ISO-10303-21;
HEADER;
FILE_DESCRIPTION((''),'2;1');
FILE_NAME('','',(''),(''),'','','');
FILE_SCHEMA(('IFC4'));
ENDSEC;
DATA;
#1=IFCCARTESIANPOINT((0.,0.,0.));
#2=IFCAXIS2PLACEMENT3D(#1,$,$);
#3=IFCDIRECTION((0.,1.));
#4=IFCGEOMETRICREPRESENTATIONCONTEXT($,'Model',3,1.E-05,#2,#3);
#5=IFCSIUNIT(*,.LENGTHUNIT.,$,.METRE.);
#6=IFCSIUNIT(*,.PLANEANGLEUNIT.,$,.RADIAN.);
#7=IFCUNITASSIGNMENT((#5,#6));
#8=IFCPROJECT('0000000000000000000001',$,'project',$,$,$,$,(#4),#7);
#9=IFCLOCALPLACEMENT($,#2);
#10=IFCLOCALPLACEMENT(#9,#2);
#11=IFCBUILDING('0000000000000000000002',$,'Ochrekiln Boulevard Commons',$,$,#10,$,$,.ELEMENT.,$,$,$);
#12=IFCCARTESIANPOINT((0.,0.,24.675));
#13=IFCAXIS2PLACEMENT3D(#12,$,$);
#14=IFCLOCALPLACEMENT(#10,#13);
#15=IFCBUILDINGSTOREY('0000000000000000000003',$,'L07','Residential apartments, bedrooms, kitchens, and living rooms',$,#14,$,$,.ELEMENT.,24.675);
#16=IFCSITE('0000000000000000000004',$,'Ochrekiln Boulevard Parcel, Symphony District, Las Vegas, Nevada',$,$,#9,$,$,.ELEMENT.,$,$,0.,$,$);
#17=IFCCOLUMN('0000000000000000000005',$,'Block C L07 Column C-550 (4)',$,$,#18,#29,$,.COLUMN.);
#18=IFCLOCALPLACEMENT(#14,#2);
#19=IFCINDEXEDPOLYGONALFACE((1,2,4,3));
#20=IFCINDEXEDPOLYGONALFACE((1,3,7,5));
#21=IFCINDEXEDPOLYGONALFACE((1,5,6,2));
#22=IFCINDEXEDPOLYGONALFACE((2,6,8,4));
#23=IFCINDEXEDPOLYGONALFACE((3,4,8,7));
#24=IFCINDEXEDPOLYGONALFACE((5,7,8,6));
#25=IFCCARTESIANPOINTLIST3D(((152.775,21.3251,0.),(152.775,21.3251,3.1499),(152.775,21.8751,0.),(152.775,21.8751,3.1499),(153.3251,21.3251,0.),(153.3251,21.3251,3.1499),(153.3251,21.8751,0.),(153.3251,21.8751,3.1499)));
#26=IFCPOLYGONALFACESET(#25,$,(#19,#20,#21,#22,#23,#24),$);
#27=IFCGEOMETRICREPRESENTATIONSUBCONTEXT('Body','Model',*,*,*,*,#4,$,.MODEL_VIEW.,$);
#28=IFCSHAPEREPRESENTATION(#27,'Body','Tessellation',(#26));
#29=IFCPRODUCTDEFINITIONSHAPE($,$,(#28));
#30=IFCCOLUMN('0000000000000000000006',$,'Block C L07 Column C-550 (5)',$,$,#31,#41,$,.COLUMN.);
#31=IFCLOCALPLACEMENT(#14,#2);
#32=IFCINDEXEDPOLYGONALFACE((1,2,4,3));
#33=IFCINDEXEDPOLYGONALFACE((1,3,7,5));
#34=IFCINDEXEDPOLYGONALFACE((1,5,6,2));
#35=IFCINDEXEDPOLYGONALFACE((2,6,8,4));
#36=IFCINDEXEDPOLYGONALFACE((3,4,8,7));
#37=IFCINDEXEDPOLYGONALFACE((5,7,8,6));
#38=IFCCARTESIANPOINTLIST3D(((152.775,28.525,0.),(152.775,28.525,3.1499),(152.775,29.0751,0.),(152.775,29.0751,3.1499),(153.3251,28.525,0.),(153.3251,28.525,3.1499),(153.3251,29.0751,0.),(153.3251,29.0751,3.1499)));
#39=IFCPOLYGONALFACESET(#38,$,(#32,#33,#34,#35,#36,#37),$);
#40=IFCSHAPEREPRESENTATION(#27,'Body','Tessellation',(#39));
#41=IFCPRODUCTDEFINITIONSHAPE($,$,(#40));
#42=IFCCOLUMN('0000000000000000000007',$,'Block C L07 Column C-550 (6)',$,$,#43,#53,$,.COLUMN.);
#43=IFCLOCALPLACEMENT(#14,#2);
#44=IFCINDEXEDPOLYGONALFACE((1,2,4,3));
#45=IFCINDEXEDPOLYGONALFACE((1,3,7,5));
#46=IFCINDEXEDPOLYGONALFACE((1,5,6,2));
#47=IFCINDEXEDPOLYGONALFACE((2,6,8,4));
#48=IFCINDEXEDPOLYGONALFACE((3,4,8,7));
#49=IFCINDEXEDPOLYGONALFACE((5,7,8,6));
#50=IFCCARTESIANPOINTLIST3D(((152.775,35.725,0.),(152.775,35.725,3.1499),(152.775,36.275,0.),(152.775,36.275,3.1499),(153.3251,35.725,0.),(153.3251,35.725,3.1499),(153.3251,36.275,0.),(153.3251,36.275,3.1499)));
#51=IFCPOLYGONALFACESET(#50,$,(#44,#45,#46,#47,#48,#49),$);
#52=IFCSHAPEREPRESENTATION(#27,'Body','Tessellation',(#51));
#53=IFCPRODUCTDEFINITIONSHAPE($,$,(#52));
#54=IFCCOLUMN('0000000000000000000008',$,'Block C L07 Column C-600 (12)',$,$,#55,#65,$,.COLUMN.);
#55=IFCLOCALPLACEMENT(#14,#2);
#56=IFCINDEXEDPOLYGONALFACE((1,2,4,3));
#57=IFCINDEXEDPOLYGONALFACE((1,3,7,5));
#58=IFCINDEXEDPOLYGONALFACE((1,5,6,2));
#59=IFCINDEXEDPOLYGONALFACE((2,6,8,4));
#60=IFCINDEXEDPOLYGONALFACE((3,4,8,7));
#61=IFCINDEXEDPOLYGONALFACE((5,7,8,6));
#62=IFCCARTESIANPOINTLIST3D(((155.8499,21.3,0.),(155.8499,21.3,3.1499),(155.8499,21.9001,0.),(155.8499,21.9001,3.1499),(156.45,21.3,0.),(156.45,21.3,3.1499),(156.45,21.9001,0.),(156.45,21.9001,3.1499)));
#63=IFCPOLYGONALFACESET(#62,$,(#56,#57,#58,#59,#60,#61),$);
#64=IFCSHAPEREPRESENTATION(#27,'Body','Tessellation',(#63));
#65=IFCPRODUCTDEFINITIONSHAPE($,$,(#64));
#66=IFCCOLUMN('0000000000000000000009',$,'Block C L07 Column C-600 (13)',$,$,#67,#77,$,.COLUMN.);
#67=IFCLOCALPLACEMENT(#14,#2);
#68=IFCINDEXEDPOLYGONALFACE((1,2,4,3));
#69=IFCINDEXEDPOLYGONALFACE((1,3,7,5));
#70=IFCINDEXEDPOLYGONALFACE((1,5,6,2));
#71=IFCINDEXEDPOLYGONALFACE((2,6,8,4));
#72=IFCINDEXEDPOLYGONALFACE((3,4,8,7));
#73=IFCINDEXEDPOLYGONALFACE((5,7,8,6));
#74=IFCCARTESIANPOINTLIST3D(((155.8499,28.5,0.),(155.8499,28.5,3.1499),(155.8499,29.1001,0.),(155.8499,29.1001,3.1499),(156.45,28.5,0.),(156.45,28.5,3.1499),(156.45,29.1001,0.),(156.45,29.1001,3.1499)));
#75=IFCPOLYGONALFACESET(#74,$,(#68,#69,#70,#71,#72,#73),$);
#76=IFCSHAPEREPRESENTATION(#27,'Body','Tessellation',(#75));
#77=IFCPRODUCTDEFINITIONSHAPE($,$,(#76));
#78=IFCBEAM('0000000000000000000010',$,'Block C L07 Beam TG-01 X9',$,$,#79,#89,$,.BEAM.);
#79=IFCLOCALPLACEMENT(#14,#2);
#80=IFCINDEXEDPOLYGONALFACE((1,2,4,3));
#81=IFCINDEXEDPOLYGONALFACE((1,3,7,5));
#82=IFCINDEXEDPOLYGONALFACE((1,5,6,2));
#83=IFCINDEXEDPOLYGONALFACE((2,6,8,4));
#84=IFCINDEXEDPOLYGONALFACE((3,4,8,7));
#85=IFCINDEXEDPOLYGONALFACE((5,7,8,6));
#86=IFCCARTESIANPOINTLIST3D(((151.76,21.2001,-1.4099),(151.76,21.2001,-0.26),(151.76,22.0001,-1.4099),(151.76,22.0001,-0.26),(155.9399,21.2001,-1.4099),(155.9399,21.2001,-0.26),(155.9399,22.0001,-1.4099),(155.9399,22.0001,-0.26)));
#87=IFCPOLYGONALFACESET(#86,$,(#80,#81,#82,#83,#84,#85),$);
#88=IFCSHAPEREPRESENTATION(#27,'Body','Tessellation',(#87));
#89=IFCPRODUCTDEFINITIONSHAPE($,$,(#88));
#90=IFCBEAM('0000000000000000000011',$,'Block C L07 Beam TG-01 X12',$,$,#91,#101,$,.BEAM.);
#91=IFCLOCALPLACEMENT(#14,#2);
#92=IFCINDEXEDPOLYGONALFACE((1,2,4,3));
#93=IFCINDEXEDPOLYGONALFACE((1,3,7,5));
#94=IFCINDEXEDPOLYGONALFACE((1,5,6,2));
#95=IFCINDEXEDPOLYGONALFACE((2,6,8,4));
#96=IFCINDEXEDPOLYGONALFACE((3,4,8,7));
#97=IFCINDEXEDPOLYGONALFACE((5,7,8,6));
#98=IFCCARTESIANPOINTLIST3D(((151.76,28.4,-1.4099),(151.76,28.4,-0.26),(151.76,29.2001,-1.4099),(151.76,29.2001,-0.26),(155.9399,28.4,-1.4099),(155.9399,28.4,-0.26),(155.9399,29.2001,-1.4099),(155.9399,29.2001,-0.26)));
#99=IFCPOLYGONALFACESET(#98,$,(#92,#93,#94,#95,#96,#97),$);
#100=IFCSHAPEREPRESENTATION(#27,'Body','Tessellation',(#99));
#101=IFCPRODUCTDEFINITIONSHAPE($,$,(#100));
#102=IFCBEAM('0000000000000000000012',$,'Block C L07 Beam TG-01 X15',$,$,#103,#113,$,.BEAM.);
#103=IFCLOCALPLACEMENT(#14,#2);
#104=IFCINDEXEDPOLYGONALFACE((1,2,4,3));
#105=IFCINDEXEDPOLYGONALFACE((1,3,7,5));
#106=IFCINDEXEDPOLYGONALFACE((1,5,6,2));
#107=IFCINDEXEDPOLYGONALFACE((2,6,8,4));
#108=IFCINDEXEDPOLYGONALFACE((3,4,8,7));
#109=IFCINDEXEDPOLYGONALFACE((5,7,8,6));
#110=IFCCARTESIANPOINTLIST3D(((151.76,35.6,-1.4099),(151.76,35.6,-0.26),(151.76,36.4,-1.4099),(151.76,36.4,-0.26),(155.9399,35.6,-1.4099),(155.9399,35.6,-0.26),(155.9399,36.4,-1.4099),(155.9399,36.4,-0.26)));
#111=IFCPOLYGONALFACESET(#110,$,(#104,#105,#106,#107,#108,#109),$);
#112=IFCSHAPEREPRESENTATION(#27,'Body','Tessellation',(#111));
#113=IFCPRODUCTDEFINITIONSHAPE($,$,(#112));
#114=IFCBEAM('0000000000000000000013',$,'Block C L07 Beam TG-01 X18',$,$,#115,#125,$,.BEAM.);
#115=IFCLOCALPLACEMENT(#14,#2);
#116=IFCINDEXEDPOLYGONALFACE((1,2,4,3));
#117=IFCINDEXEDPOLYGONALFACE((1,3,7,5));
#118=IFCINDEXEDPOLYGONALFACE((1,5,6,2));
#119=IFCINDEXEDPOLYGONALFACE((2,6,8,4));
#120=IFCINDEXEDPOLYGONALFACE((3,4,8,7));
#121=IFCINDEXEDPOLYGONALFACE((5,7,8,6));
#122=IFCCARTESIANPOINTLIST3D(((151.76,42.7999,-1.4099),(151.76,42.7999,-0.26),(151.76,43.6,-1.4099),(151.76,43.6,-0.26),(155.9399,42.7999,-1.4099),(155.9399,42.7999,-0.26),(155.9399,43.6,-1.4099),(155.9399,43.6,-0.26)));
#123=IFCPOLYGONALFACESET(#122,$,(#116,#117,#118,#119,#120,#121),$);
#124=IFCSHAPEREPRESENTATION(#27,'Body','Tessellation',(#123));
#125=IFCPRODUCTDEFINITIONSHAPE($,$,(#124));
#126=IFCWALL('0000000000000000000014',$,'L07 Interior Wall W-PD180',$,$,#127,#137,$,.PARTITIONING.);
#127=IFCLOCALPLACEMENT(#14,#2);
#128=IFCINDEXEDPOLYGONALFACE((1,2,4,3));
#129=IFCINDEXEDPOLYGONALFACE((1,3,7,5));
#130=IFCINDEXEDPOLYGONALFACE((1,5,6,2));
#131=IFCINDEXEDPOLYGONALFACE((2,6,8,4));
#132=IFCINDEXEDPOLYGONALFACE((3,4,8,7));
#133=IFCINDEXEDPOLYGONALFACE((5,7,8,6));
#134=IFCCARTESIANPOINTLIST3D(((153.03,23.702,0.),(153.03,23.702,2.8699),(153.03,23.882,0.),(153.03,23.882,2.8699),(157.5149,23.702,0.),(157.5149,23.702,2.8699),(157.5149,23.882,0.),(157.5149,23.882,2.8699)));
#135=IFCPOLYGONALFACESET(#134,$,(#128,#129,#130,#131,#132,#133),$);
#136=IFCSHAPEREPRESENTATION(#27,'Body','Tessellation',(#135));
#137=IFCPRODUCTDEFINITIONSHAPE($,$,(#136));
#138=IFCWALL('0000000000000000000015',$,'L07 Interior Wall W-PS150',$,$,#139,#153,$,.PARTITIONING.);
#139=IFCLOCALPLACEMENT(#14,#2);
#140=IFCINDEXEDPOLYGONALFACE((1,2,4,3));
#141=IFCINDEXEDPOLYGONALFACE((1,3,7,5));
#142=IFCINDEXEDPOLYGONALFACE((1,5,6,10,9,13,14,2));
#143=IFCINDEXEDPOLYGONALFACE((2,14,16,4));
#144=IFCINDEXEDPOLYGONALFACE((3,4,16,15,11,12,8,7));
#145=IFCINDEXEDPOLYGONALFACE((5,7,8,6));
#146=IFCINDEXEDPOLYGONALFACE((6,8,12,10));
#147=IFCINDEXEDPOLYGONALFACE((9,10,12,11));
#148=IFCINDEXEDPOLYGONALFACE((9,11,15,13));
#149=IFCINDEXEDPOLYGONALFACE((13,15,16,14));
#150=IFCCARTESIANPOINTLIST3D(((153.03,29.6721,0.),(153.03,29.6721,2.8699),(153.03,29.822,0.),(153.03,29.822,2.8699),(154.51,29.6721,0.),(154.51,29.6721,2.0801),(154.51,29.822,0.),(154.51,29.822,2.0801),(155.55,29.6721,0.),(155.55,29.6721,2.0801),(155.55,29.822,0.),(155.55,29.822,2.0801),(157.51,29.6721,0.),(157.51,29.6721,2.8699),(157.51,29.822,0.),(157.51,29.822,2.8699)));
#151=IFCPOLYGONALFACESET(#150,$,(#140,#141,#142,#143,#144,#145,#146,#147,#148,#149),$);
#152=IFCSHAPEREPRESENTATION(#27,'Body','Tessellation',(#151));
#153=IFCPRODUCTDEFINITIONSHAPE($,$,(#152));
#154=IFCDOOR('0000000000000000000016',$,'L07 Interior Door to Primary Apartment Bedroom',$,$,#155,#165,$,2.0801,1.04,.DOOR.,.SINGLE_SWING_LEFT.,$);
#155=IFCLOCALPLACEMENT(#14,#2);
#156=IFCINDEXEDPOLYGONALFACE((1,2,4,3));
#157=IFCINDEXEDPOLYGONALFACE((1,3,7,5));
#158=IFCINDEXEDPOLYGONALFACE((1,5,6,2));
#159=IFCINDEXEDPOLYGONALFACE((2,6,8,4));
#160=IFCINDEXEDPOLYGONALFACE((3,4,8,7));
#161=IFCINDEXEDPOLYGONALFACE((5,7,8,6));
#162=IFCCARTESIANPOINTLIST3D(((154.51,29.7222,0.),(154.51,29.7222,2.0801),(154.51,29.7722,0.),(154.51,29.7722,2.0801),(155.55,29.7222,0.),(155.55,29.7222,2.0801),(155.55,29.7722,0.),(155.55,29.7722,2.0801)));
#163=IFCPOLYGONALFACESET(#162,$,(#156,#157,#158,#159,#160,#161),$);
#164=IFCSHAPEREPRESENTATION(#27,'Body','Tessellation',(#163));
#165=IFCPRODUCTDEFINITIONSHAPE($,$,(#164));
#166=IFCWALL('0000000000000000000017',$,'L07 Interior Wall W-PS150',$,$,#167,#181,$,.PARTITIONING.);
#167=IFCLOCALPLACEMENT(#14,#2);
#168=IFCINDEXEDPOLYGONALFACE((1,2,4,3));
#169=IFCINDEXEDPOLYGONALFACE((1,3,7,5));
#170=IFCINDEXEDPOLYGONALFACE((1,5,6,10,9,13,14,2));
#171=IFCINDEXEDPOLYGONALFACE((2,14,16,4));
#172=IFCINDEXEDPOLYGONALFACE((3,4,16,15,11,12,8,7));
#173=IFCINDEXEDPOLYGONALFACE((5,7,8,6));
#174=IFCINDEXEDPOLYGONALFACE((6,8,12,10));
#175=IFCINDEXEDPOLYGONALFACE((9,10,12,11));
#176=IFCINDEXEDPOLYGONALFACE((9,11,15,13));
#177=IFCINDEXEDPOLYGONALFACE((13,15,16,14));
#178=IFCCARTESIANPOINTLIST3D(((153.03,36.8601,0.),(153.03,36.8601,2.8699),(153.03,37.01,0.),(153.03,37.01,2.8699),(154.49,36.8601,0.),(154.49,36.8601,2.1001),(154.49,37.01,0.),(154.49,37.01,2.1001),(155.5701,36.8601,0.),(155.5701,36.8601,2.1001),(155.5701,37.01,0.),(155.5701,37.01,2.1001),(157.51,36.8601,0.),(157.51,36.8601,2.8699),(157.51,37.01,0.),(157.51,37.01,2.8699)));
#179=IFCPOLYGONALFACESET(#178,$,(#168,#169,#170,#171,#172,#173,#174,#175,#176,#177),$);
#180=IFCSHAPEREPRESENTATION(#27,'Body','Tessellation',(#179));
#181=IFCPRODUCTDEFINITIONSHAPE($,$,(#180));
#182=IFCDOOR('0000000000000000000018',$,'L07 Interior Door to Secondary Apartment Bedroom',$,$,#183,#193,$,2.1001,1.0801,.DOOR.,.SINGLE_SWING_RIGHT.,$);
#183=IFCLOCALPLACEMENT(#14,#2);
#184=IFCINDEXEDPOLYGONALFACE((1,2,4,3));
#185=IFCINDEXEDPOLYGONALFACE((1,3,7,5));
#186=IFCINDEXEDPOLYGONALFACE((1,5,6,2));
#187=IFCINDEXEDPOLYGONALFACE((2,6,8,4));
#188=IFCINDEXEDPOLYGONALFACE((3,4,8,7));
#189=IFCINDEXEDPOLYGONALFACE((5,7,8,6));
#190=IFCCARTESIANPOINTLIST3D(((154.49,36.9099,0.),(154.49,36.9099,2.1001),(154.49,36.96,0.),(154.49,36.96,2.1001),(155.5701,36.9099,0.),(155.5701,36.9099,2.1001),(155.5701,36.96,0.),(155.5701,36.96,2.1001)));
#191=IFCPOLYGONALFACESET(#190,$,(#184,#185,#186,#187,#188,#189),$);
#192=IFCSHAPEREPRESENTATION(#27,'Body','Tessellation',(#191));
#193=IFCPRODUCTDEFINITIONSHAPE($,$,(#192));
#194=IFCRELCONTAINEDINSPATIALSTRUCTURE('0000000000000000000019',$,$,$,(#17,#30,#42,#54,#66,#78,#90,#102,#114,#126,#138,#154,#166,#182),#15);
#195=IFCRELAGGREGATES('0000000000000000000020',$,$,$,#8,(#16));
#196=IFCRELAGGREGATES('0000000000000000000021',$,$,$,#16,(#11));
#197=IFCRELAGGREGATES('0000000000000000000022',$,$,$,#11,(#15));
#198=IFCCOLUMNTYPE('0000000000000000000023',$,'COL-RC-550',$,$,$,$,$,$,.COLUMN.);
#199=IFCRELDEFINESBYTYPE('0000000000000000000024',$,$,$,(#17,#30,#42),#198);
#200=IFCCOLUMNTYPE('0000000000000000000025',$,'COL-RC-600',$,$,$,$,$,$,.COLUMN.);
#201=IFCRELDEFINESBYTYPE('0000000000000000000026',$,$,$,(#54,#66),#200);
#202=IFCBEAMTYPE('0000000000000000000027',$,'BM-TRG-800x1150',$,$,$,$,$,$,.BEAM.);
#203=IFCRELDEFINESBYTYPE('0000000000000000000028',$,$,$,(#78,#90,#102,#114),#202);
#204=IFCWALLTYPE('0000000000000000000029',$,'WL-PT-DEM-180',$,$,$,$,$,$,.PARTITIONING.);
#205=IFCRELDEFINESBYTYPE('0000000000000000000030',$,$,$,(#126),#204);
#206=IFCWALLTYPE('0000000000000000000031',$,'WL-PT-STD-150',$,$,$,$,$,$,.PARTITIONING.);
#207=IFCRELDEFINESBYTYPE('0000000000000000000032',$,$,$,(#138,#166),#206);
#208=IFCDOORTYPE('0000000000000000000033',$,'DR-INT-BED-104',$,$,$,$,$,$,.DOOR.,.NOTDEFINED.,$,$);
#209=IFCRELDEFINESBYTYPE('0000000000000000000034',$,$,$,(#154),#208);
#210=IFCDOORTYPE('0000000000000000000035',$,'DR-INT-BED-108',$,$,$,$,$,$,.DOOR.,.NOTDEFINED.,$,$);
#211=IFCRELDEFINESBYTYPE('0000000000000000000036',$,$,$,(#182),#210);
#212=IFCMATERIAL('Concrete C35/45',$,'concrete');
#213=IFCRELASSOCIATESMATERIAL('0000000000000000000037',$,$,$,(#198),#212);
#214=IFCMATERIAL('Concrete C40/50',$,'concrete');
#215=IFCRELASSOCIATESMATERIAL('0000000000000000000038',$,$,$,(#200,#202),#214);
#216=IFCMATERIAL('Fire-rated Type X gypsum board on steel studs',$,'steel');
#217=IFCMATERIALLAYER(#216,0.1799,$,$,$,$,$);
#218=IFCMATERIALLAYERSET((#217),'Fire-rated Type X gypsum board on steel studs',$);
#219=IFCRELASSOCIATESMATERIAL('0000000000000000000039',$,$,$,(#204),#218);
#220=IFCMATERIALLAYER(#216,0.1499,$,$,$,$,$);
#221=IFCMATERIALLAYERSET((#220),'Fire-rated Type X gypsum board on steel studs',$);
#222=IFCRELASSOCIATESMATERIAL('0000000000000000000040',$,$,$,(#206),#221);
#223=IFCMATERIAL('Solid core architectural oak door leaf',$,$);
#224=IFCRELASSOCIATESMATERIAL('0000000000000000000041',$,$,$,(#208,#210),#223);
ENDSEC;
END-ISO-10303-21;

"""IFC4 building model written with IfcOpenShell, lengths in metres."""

from ifc_helpers import new_model, si_unit, direction, frame, frame_2d, origin, origin_2d, place, context, subcontext, project, spatial, rectangle, extrude, material, layer, layer_set, material_profile, profile_set, type_object, element, fill, save


model = new_model("IFC4")

# Units and contexts
model_context = context("Model", 3, precision=1e-05, world=origin(), true_north=direction((0.0, 1.0)))
body_context = subcontext(model_context, "Body", "Model", "MODEL_VIEW")
ifc_project = project(units=[si_unit("LENGTHUNIT", "METRE"), si_unit("PLANEANGLEUNIT", "RADIAN")], contexts=[model_context])

# Site, building, storey
site_placement = place(None, origin())
site = spatial("IfcSite", under=ifc_project, at=site_placement, Name="Ochrekiln Boulevard Parcel, Symphony District, Las Vegas, Nevada", CompositionType="ELEMENT", RefElevation=0.0)
building_placement = place(site_placement, origin())
building = spatial("IfcBuilding", under=site, at=building_placement, Name="Ochrekiln Boulevard Commons", CompositionType="ELEMENT")
storey_placement = place(building_placement, frame((0.0, 0.0, 24.675)))
storey = spatial("IfcBuildingStorey", under=building, at=storey_placement, Name="L07", Description="Residential apartments, bedrooms, kitchens, and living rooms", CompositionType="ELEMENT", Elevation=24.675)

# Columns
ifc_material_1 = material(Name="Concrete C35/45", Category="concrete")
ifc_material_profile_1 = material_profile(ifc_material_1, rectangle(XDim=0.55, YDim=0.55, at=origin_2d()), Name="RC-COL-550x550")
ifc_profile_set_1 = profile_set([ifc_material_profile_1], Name="Concrete C35/45")
column_type_1 = type_object("IfcColumnType", Name="COL-RC-550", PredefinedType="COLUMN", material=ifc_profile_set_1)
for number, where, z_axis, x_axis, name in (
    (1, (153.05, 21.6001, 0.0), (0.0, 0.0, 1.0), (1.0, 0.0, 0.0), "Block C L07 Column C-550 (4)"),
    (2, (153.05, 28.8, 0.0), (0.0, 0.0, 1.0), (1.0, 0.0, 0.0), "Block C L07 Column C-550 (5)"),
    (3, (153.05, 36.0, 0.0), (0.0, 0.0, 1.0), (1.0, 0.0, 0.0), "Block C L07 Column C-550 (6)"),
):
    element("IfcColumn", number, at=place(storey_placement, frame(where, z_axis=z_axis, x_axis=x_axis)), inside=storey, type_object=column_type_1, Name=name, PredefinedType="COLUMN", context=body_context, shape_type="SweptSolid", body=[
        extrude(rectangle(XDim=0.55, YDim=0.55, at=origin_2d()), origin(), (0.0, 0.0, 1.0), 3.1499),
    ])
ifc_material_2 = material(Name="Concrete C40/50", Category="concrete")
ifc_material_profile_2 = material_profile(ifc_material_2, rectangle(XDim=0.6001, YDim=0.6001, at=origin_2d()), Name="RC-COL-600x600")
ifc_profile_set_2 = profile_set([ifc_material_profile_2], Name="Concrete C40/50")
column_type_2 = type_object("IfcColumnType", Name="COL-RC-600", PredefinedType="COLUMN", material=ifc_profile_set_2)
for number, where, z_axis, x_axis, name in (
    (4, (156.1499, 21.6001, 0.0), (0.0, 0.0, 1.0), (1.0, 0.0, 0.0), "Block C L07 Column C-600 (12)"),
    (5, (156.1499, 28.8, 0.0), (0.0, 0.0, 1.0), (1.0, 0.0, 0.0), "Block C L07 Column C-600 (13)"),
):
    element("IfcColumn", number, at=place(storey_placement, frame(where, z_axis=z_axis, x_axis=x_axis)), inside=storey, type_object=column_type_2, Name=name, PredefinedType="COLUMN", context=body_context, shape_type="SweptSolid", body=[
        extrude(rectangle(XDim=0.6001, YDim=0.6001, at=origin_2d()), origin(), (0.0, 0.0, 1.0), 3.1499),
    ])

# Beams
ifc_material_profile_3 = material_profile(ifc_material_2, rectangle(XDim=0.8, YDim=1.1499, at=origin_2d()), Name="RC-TRG-800x1150")
ifc_profile_set_3 = profile_set([ifc_material_profile_3], Name="Concrete C40/50")
beam_type = type_object("IfcBeamType", Name="BM-TRG-800x1150", PredefinedType="BEAM", material=ifc_profile_set_3)
for number, where, z_axis, x_axis, name in (
    (6, (151.76, 21.6001, -0.835), (1.0, 0.0, 0.0), (0.0, 1.0, 0.0), "Block C L07 Beam TG-01 X9"),
    (7, (151.76, 28.8, -0.835), (1.0, 0.0, 0.0), (0.0, 1.0, 0.0), "Block C L07 Beam TG-01 X12"),
    (8, (151.76, 36.0, -0.835), (1.0, 0.0, 0.0), (0.0, 1.0, 0.0), "Block C L07 Beam TG-01 X15"),
    (9, (151.76, 43.2, -0.835), (1.0, 0.0, 0.0), (0.0, 1.0, 0.0), "Block C L07 Beam TG-01 X18"),
):
    element("IfcBeam", number, at=place(storey_placement, frame(where, z_axis=z_axis, x_axis=x_axis)), inside=storey, type_object=beam_type, Name=name, PredefinedType="BEAM", context=body_context, shape_type="SweptSolid", body=[
        extrude(rectangle(XDim=0.8, YDim=1.1499, at=origin_2d()), origin(), (0.0, 0.0, 1.0), 4.1799),
    ])

# Wall
ifc_material_3 = material(Name="Fire-rated Type X gypsum board on steel studs", Category="steel")
ifc_layer_1 = layer(ifc_material_3, 0.1799)
ifc_layer_set_1 = layer_set([ifc_layer_1], Name="Fire-rated Type X gypsum board on steel studs")
wall_type_1 = type_object("IfcWallType", Name="WL-PT-DEM-180", PredefinedType="PARTITIONING", material=ifc_layer_set_1)
wall_1_placement = place(storey_placement, frame((153.03, 23.792, 0.0), z_axis=(0.0, 0.0, 1.0), x_axis=(1.0, 0.0, 0.0)))
element("IfcWall", 10, at=wall_1_placement, inside=storey, type_object=wall_type_1, Name="L07 Interior Wall W-PD180", PredefinedType="PARTITIONING", context=body_context, shape_type="SweptSolid", body=[
    extrude(rectangle(XDim=4.4849, YDim=0.1799, at=frame_2d((2.2424, 0.0))), origin(), (0.0, 0.0, 1.0), 2.8699),
])

# Walls, openings, doors
ifc_layer_2 = layer(ifc_material_3, 0.1499)
ifc_layer_set_2 = layer_set([ifc_layer_2], Name="Fire-rated Type X gypsum board on steel studs")
wall_type_2 = type_object("IfcWallType", Name="WL-PT-STD-150", PredefinedType="PARTITIONING", material=ifc_layer_set_2)
wall_2_placement = place(storey_placement, frame((153.03, 29.7471, 0.0), z_axis=(0.0, 0.0, 1.0), x_axis=(1.0, 0.0, 0.0)))
wall_2 = element("IfcWall", 11, at=wall_2_placement, inside=storey, type_object=wall_type_2, Name="L07 Interior Wall W-PS150", PredefinedType="PARTITIONING", context=body_context, shape_type="SweptSolid", body=[
    extrude(rectangle(XDim=4.48, YDim=0.1499, at=frame_2d((2.24, 0.0))), origin(), (0.0, 0.0, 1.0), 2.8699),
])
opening_1_placement = place(wall_2_placement, frame((1.48, 0.0, 0.0)))
opening_1 = element("IfcOpeningElement", 12, at=opening_1_placement, cuts=wall_2, PredefinedType="OPENING", context=body_context, shape_type="SweptSolid", body=[
    extrude(rectangle(XDim=1.04, YDim=2.0801, at=frame_2d((0.52, 1.04))), frame((0.0, 0.085, 0.0), z_axis=(0.0, -1.0, 0.0), x_axis=(1.0, 0.0, 0.0)), (0.0, 0.0, 1.0), 0.1699),
])
ifc_material_4 = material(Name="Solid core architectural oak door leaf")
door_type_1 = type_object("IfcDoorType", Name="DR-INT-BED-104", OperationType="NOTDEFINED", PredefinedType="DOOR", material=ifc_material_4)
door_1_placement = place(opening_1_placement, frame((1.04, 0.0, 0.0), z_axis=(0.0, 0.0, 1.0), x_axis=(-1.0, 0.0, 0.0)))
door_1 = element("IfcDoor", 13, at=door_1_placement, inside=storey, type_object=door_type_1, Name="L07 Interior Door to Primary Apartment Bedroom", OperationType="SINGLE_SWING_LEFT", OverallHeight=2.0801, OverallWidth=1.04, PredefinedType="DOOR", context=body_context, shape_type="SweptSolid", body=[
    extrude(rectangle(XDim=1.04, YDim=2.0801, at=frame_2d((0.52, 1.04))), frame((0.0, 0.0249, 0.0), z_axis=(0.0, -1.0, 0.0), x_axis=(1.0, 0.0, 0.0)), (0.0, 0.0, 1.0), 0.05),
])
fill(opening_1, door_1)
wall_3_placement = place(storey_placement, frame((153.03, 36.9351, 0.0), z_axis=(0.0, 0.0, 1.0), x_axis=(1.0, 0.0, 0.0)))
wall_3 = element("IfcWall", 14, at=wall_3_placement, inside=storey, type_object=wall_type_2, Name="L07 Interior Wall W-PS150", PredefinedType="PARTITIONING", context=body_context, shape_type="SweptSolid", body=[
    extrude(rectangle(XDim=4.48, YDim=0.1499, at=frame_2d((2.24, 0.0))), origin(), (0.0, 0.0, 1.0), 2.8699),
])
opening_2_placement = place(wall_3_placement, frame((1.46, 0.0, 0.0)))
opening_2 = element("IfcOpeningElement", 15, at=opening_2_placement, cuts=wall_3, PredefinedType="OPENING", context=body_context, shape_type="SweptSolid", body=[
    extrude(rectangle(XDim=1.0801, YDim=2.1001, at=frame_2d((0.54, 1.05))), frame((0.0, 0.085, 0.0), z_axis=(0.0, -1.0, 0.0), x_axis=(1.0, 0.0, 0.0)), (0.0, 0.0, 1.0), 0.1699),
])
door_type_2 = type_object("IfcDoorType", Name="DR-INT-BED-108", OperationType="NOTDEFINED", PredefinedType="DOOR", material=ifc_material_4)
door_2_placement = place(opening_2_placement, origin())
door_2 = element("IfcDoor", 16, at=door_2_placement, inside=storey, type_object=door_type_2, Name="L07 Interior Door to Secondary Apartment Bedroom", OperationType="SINGLE_SWING_RIGHT", OverallHeight=2.1001, OverallWidth=1.0801, PredefinedType="DOOR", context=body_context, shape_type="SweptSolid", body=[
    extrude(rectangle(XDim=1.0801, YDim=2.1001, at=frame_2d((0.54, 1.05))), frame((0.0, 0.0249, 0.0), z_axis=(0.0, -1.0, 0.0), x_axis=(1.0, 0.0, 0.0)), (0.0, 0.0, 1.0), 0.05),
])
fill(opening_2, door_2)

save(model, "model.ifc")
